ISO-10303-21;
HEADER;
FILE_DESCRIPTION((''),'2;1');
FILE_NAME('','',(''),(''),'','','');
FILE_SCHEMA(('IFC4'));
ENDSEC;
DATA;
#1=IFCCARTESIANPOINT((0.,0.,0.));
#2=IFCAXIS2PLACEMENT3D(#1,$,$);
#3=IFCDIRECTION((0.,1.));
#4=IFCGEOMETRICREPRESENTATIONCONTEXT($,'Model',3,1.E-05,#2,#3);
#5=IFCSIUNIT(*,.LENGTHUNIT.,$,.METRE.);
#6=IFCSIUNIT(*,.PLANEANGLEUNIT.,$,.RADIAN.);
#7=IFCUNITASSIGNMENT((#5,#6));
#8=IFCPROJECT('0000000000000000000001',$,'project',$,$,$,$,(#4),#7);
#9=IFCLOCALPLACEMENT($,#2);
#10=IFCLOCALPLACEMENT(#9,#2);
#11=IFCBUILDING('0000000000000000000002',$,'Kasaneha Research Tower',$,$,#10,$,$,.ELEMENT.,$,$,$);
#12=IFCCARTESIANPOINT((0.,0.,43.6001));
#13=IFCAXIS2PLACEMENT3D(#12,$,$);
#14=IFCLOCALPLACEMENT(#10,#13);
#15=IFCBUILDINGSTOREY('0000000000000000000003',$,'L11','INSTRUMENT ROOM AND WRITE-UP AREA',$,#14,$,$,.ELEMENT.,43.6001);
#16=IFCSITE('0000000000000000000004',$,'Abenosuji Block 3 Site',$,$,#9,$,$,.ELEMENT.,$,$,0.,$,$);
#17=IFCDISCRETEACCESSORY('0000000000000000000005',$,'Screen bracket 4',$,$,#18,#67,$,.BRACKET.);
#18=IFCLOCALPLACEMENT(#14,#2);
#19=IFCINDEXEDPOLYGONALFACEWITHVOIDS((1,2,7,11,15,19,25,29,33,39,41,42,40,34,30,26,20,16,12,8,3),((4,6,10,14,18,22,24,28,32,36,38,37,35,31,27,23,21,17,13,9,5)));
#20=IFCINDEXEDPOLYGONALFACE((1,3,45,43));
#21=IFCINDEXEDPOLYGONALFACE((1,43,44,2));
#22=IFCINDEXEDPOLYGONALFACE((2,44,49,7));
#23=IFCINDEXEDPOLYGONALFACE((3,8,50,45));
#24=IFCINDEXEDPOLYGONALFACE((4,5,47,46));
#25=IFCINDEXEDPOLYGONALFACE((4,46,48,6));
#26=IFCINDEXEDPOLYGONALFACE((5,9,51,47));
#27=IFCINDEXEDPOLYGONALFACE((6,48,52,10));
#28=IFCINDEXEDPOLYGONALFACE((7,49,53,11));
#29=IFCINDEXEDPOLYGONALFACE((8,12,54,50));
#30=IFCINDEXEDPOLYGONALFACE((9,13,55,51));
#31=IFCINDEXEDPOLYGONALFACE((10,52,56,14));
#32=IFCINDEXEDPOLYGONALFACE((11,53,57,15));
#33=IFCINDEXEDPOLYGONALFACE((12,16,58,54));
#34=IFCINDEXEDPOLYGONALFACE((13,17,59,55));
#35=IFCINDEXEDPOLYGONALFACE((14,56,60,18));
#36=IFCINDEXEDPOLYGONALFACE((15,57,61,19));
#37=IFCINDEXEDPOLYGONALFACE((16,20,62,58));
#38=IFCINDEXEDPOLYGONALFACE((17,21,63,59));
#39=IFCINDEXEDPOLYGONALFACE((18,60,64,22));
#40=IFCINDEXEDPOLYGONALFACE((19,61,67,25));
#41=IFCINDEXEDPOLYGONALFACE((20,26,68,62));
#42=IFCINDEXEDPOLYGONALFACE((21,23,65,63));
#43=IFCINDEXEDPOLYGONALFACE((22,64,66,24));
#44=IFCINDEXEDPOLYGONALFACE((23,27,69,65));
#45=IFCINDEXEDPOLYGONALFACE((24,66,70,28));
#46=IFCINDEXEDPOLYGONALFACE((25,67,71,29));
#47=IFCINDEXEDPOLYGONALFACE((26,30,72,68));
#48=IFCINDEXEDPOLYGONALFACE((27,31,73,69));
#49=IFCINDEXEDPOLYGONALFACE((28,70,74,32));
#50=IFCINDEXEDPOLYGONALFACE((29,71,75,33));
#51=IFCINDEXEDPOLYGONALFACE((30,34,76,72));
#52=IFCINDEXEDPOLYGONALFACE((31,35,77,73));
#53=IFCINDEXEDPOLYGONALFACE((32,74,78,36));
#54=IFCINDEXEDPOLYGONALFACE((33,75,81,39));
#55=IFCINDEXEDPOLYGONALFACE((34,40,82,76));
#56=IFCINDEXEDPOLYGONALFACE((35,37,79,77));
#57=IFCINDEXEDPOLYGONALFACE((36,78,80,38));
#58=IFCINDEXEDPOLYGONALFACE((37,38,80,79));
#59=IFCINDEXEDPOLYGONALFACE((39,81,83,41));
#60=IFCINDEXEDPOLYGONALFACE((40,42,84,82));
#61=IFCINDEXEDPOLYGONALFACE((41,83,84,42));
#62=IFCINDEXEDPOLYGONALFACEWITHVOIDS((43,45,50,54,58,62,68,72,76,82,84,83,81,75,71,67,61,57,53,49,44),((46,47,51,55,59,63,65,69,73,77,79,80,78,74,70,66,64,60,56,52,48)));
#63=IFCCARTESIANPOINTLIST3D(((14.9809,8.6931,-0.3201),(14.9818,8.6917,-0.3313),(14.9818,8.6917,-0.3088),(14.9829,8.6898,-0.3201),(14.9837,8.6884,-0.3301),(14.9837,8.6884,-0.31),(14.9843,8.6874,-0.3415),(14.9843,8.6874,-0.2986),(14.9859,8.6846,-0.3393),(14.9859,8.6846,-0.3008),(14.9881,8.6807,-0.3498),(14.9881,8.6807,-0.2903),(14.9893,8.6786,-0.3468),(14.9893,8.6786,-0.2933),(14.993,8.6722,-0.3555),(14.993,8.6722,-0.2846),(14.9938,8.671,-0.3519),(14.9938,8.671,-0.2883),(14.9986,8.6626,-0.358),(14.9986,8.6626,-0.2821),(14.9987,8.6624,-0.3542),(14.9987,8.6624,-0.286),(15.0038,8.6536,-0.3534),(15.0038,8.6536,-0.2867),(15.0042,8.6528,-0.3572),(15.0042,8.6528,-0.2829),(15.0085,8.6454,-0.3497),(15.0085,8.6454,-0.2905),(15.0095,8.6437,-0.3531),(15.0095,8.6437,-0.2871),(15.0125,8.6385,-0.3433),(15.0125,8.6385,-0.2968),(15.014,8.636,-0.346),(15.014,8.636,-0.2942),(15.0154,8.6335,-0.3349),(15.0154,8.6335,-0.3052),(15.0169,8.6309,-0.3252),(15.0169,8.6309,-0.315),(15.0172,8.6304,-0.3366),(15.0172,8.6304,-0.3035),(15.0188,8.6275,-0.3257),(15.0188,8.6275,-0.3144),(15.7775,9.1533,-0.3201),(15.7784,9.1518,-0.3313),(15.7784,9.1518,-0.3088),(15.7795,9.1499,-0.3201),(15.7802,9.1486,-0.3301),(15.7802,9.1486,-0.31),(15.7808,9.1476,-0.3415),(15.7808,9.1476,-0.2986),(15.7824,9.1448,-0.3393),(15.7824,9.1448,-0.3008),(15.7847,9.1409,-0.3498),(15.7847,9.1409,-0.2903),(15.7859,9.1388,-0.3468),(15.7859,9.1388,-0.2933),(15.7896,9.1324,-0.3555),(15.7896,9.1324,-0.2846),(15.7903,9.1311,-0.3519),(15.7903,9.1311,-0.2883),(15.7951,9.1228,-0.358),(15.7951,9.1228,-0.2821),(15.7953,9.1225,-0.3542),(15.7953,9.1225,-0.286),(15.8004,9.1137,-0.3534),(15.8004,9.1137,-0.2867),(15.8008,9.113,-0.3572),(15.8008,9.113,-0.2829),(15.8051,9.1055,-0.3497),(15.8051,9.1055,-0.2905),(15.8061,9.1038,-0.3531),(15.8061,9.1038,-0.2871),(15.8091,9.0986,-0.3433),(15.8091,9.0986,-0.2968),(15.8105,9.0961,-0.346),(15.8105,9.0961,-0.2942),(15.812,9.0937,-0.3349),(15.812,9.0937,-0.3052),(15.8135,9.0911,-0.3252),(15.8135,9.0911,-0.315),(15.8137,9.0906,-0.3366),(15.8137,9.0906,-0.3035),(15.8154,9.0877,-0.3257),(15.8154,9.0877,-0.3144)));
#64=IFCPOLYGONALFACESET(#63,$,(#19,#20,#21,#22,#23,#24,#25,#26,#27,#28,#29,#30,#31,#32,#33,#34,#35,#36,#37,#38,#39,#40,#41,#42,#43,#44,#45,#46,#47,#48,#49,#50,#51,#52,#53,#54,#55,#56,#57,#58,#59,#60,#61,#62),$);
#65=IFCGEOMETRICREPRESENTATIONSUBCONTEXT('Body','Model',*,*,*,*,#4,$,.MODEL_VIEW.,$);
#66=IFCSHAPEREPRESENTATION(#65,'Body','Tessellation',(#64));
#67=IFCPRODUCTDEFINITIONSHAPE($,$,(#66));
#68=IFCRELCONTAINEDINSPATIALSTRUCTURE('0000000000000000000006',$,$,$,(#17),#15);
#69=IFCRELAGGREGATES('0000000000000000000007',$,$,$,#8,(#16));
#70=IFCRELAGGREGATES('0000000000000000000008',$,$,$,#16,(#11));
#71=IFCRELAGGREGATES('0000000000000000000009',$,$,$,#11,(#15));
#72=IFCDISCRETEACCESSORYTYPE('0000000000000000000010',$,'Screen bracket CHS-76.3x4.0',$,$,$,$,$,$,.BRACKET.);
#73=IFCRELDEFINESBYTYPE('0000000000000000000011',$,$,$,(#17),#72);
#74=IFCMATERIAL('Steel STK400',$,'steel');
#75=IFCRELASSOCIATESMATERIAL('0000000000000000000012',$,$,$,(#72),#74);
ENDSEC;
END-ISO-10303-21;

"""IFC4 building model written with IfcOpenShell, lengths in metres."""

from ifc_helpers import new_model, si_unit, direction, frame, origin, origin_2d, place, context, subcontext, project, spatial, hollow_circle, extrude, material, material_profile, profile_set, type_object, element, save


model = new_model("IFC4")

# Units and contexts
model_context = context("Model", 3, precision=1e-05, world=origin(), true_north=direction((0.0, 1.0)))
body_context = subcontext(model_context, "Body", "Model", "MODEL_VIEW")
ifc_project = project(units=[si_unit("LENGTHUNIT", "METRE"), si_unit("PLANEANGLEUNIT", "RADIAN")], contexts=[model_context])

# Site, building, storey
site_placement = place(None, origin())
site = spatial("IfcSite", under=ifc_project, at=site_placement, Name="Abenosuji Block 3 Site", CompositionType="ELEMENT", RefElevation=0.0)
building_placement = place(site_placement, origin())
building = spatial("IfcBuilding", under=site, at=building_placement, Name="Kasaneha Research Tower", CompositionType="ELEMENT")
storey_placement = place(building_placement, frame((0.0, 0.0, 43.6001)))
storey = spatial("IfcBuildingStorey", under=building, at=storey_placement, Name="L11", Description="INSTRUMENT ROOM AND WRITE-UP AREA", CompositionType="ELEMENT", Elevation=43.6001)

# Discrete accessory
ifc_material_1 = material(Name="Steel STK400", Category="steel")
ifc_material_profile_1 = material_profile(ifc_material_1, hollow_circle(Radius=0.0381, WallThickness=0.0039, at=origin_2d()), Name="CHS-76.3x4.0")
ifc_profile_set_1 = profile_set([ifc_material_profile_1], Name="Steel STK400")
discrete_accessory_type = type_object("IfcDiscreteAccessoryType", Name="Screen bracket CHS-76.3x4.0", PredefinedType="BRACKET", material=ifc_profile_set_1)
for number, where, z_axis, x_axis, name in (
    (1, (15.0, 8.6602, -0.3201), (0.865898, 0.50022, 0.0), (-0.50022, 0.865898, 0.0), "Screen bracket 4"),
):
    element("IfcDiscreteAccessory", number, at=place(storey_placement, frame(where, z_axis=z_axis, x_axis=x_axis)), inside=storey, type_object=discrete_accessory_type, Name=name, PredefinedType="BRACKET", context=body_context, shape_type="SweptSolid", body=[
        extrude(hollow_circle(Radius=0.0381, WallThickness=0.0039, at=origin_2d()), origin(), (0.0, 0.0, 1.0), 0.9199),
    ])

save(model, "model.ifc")
